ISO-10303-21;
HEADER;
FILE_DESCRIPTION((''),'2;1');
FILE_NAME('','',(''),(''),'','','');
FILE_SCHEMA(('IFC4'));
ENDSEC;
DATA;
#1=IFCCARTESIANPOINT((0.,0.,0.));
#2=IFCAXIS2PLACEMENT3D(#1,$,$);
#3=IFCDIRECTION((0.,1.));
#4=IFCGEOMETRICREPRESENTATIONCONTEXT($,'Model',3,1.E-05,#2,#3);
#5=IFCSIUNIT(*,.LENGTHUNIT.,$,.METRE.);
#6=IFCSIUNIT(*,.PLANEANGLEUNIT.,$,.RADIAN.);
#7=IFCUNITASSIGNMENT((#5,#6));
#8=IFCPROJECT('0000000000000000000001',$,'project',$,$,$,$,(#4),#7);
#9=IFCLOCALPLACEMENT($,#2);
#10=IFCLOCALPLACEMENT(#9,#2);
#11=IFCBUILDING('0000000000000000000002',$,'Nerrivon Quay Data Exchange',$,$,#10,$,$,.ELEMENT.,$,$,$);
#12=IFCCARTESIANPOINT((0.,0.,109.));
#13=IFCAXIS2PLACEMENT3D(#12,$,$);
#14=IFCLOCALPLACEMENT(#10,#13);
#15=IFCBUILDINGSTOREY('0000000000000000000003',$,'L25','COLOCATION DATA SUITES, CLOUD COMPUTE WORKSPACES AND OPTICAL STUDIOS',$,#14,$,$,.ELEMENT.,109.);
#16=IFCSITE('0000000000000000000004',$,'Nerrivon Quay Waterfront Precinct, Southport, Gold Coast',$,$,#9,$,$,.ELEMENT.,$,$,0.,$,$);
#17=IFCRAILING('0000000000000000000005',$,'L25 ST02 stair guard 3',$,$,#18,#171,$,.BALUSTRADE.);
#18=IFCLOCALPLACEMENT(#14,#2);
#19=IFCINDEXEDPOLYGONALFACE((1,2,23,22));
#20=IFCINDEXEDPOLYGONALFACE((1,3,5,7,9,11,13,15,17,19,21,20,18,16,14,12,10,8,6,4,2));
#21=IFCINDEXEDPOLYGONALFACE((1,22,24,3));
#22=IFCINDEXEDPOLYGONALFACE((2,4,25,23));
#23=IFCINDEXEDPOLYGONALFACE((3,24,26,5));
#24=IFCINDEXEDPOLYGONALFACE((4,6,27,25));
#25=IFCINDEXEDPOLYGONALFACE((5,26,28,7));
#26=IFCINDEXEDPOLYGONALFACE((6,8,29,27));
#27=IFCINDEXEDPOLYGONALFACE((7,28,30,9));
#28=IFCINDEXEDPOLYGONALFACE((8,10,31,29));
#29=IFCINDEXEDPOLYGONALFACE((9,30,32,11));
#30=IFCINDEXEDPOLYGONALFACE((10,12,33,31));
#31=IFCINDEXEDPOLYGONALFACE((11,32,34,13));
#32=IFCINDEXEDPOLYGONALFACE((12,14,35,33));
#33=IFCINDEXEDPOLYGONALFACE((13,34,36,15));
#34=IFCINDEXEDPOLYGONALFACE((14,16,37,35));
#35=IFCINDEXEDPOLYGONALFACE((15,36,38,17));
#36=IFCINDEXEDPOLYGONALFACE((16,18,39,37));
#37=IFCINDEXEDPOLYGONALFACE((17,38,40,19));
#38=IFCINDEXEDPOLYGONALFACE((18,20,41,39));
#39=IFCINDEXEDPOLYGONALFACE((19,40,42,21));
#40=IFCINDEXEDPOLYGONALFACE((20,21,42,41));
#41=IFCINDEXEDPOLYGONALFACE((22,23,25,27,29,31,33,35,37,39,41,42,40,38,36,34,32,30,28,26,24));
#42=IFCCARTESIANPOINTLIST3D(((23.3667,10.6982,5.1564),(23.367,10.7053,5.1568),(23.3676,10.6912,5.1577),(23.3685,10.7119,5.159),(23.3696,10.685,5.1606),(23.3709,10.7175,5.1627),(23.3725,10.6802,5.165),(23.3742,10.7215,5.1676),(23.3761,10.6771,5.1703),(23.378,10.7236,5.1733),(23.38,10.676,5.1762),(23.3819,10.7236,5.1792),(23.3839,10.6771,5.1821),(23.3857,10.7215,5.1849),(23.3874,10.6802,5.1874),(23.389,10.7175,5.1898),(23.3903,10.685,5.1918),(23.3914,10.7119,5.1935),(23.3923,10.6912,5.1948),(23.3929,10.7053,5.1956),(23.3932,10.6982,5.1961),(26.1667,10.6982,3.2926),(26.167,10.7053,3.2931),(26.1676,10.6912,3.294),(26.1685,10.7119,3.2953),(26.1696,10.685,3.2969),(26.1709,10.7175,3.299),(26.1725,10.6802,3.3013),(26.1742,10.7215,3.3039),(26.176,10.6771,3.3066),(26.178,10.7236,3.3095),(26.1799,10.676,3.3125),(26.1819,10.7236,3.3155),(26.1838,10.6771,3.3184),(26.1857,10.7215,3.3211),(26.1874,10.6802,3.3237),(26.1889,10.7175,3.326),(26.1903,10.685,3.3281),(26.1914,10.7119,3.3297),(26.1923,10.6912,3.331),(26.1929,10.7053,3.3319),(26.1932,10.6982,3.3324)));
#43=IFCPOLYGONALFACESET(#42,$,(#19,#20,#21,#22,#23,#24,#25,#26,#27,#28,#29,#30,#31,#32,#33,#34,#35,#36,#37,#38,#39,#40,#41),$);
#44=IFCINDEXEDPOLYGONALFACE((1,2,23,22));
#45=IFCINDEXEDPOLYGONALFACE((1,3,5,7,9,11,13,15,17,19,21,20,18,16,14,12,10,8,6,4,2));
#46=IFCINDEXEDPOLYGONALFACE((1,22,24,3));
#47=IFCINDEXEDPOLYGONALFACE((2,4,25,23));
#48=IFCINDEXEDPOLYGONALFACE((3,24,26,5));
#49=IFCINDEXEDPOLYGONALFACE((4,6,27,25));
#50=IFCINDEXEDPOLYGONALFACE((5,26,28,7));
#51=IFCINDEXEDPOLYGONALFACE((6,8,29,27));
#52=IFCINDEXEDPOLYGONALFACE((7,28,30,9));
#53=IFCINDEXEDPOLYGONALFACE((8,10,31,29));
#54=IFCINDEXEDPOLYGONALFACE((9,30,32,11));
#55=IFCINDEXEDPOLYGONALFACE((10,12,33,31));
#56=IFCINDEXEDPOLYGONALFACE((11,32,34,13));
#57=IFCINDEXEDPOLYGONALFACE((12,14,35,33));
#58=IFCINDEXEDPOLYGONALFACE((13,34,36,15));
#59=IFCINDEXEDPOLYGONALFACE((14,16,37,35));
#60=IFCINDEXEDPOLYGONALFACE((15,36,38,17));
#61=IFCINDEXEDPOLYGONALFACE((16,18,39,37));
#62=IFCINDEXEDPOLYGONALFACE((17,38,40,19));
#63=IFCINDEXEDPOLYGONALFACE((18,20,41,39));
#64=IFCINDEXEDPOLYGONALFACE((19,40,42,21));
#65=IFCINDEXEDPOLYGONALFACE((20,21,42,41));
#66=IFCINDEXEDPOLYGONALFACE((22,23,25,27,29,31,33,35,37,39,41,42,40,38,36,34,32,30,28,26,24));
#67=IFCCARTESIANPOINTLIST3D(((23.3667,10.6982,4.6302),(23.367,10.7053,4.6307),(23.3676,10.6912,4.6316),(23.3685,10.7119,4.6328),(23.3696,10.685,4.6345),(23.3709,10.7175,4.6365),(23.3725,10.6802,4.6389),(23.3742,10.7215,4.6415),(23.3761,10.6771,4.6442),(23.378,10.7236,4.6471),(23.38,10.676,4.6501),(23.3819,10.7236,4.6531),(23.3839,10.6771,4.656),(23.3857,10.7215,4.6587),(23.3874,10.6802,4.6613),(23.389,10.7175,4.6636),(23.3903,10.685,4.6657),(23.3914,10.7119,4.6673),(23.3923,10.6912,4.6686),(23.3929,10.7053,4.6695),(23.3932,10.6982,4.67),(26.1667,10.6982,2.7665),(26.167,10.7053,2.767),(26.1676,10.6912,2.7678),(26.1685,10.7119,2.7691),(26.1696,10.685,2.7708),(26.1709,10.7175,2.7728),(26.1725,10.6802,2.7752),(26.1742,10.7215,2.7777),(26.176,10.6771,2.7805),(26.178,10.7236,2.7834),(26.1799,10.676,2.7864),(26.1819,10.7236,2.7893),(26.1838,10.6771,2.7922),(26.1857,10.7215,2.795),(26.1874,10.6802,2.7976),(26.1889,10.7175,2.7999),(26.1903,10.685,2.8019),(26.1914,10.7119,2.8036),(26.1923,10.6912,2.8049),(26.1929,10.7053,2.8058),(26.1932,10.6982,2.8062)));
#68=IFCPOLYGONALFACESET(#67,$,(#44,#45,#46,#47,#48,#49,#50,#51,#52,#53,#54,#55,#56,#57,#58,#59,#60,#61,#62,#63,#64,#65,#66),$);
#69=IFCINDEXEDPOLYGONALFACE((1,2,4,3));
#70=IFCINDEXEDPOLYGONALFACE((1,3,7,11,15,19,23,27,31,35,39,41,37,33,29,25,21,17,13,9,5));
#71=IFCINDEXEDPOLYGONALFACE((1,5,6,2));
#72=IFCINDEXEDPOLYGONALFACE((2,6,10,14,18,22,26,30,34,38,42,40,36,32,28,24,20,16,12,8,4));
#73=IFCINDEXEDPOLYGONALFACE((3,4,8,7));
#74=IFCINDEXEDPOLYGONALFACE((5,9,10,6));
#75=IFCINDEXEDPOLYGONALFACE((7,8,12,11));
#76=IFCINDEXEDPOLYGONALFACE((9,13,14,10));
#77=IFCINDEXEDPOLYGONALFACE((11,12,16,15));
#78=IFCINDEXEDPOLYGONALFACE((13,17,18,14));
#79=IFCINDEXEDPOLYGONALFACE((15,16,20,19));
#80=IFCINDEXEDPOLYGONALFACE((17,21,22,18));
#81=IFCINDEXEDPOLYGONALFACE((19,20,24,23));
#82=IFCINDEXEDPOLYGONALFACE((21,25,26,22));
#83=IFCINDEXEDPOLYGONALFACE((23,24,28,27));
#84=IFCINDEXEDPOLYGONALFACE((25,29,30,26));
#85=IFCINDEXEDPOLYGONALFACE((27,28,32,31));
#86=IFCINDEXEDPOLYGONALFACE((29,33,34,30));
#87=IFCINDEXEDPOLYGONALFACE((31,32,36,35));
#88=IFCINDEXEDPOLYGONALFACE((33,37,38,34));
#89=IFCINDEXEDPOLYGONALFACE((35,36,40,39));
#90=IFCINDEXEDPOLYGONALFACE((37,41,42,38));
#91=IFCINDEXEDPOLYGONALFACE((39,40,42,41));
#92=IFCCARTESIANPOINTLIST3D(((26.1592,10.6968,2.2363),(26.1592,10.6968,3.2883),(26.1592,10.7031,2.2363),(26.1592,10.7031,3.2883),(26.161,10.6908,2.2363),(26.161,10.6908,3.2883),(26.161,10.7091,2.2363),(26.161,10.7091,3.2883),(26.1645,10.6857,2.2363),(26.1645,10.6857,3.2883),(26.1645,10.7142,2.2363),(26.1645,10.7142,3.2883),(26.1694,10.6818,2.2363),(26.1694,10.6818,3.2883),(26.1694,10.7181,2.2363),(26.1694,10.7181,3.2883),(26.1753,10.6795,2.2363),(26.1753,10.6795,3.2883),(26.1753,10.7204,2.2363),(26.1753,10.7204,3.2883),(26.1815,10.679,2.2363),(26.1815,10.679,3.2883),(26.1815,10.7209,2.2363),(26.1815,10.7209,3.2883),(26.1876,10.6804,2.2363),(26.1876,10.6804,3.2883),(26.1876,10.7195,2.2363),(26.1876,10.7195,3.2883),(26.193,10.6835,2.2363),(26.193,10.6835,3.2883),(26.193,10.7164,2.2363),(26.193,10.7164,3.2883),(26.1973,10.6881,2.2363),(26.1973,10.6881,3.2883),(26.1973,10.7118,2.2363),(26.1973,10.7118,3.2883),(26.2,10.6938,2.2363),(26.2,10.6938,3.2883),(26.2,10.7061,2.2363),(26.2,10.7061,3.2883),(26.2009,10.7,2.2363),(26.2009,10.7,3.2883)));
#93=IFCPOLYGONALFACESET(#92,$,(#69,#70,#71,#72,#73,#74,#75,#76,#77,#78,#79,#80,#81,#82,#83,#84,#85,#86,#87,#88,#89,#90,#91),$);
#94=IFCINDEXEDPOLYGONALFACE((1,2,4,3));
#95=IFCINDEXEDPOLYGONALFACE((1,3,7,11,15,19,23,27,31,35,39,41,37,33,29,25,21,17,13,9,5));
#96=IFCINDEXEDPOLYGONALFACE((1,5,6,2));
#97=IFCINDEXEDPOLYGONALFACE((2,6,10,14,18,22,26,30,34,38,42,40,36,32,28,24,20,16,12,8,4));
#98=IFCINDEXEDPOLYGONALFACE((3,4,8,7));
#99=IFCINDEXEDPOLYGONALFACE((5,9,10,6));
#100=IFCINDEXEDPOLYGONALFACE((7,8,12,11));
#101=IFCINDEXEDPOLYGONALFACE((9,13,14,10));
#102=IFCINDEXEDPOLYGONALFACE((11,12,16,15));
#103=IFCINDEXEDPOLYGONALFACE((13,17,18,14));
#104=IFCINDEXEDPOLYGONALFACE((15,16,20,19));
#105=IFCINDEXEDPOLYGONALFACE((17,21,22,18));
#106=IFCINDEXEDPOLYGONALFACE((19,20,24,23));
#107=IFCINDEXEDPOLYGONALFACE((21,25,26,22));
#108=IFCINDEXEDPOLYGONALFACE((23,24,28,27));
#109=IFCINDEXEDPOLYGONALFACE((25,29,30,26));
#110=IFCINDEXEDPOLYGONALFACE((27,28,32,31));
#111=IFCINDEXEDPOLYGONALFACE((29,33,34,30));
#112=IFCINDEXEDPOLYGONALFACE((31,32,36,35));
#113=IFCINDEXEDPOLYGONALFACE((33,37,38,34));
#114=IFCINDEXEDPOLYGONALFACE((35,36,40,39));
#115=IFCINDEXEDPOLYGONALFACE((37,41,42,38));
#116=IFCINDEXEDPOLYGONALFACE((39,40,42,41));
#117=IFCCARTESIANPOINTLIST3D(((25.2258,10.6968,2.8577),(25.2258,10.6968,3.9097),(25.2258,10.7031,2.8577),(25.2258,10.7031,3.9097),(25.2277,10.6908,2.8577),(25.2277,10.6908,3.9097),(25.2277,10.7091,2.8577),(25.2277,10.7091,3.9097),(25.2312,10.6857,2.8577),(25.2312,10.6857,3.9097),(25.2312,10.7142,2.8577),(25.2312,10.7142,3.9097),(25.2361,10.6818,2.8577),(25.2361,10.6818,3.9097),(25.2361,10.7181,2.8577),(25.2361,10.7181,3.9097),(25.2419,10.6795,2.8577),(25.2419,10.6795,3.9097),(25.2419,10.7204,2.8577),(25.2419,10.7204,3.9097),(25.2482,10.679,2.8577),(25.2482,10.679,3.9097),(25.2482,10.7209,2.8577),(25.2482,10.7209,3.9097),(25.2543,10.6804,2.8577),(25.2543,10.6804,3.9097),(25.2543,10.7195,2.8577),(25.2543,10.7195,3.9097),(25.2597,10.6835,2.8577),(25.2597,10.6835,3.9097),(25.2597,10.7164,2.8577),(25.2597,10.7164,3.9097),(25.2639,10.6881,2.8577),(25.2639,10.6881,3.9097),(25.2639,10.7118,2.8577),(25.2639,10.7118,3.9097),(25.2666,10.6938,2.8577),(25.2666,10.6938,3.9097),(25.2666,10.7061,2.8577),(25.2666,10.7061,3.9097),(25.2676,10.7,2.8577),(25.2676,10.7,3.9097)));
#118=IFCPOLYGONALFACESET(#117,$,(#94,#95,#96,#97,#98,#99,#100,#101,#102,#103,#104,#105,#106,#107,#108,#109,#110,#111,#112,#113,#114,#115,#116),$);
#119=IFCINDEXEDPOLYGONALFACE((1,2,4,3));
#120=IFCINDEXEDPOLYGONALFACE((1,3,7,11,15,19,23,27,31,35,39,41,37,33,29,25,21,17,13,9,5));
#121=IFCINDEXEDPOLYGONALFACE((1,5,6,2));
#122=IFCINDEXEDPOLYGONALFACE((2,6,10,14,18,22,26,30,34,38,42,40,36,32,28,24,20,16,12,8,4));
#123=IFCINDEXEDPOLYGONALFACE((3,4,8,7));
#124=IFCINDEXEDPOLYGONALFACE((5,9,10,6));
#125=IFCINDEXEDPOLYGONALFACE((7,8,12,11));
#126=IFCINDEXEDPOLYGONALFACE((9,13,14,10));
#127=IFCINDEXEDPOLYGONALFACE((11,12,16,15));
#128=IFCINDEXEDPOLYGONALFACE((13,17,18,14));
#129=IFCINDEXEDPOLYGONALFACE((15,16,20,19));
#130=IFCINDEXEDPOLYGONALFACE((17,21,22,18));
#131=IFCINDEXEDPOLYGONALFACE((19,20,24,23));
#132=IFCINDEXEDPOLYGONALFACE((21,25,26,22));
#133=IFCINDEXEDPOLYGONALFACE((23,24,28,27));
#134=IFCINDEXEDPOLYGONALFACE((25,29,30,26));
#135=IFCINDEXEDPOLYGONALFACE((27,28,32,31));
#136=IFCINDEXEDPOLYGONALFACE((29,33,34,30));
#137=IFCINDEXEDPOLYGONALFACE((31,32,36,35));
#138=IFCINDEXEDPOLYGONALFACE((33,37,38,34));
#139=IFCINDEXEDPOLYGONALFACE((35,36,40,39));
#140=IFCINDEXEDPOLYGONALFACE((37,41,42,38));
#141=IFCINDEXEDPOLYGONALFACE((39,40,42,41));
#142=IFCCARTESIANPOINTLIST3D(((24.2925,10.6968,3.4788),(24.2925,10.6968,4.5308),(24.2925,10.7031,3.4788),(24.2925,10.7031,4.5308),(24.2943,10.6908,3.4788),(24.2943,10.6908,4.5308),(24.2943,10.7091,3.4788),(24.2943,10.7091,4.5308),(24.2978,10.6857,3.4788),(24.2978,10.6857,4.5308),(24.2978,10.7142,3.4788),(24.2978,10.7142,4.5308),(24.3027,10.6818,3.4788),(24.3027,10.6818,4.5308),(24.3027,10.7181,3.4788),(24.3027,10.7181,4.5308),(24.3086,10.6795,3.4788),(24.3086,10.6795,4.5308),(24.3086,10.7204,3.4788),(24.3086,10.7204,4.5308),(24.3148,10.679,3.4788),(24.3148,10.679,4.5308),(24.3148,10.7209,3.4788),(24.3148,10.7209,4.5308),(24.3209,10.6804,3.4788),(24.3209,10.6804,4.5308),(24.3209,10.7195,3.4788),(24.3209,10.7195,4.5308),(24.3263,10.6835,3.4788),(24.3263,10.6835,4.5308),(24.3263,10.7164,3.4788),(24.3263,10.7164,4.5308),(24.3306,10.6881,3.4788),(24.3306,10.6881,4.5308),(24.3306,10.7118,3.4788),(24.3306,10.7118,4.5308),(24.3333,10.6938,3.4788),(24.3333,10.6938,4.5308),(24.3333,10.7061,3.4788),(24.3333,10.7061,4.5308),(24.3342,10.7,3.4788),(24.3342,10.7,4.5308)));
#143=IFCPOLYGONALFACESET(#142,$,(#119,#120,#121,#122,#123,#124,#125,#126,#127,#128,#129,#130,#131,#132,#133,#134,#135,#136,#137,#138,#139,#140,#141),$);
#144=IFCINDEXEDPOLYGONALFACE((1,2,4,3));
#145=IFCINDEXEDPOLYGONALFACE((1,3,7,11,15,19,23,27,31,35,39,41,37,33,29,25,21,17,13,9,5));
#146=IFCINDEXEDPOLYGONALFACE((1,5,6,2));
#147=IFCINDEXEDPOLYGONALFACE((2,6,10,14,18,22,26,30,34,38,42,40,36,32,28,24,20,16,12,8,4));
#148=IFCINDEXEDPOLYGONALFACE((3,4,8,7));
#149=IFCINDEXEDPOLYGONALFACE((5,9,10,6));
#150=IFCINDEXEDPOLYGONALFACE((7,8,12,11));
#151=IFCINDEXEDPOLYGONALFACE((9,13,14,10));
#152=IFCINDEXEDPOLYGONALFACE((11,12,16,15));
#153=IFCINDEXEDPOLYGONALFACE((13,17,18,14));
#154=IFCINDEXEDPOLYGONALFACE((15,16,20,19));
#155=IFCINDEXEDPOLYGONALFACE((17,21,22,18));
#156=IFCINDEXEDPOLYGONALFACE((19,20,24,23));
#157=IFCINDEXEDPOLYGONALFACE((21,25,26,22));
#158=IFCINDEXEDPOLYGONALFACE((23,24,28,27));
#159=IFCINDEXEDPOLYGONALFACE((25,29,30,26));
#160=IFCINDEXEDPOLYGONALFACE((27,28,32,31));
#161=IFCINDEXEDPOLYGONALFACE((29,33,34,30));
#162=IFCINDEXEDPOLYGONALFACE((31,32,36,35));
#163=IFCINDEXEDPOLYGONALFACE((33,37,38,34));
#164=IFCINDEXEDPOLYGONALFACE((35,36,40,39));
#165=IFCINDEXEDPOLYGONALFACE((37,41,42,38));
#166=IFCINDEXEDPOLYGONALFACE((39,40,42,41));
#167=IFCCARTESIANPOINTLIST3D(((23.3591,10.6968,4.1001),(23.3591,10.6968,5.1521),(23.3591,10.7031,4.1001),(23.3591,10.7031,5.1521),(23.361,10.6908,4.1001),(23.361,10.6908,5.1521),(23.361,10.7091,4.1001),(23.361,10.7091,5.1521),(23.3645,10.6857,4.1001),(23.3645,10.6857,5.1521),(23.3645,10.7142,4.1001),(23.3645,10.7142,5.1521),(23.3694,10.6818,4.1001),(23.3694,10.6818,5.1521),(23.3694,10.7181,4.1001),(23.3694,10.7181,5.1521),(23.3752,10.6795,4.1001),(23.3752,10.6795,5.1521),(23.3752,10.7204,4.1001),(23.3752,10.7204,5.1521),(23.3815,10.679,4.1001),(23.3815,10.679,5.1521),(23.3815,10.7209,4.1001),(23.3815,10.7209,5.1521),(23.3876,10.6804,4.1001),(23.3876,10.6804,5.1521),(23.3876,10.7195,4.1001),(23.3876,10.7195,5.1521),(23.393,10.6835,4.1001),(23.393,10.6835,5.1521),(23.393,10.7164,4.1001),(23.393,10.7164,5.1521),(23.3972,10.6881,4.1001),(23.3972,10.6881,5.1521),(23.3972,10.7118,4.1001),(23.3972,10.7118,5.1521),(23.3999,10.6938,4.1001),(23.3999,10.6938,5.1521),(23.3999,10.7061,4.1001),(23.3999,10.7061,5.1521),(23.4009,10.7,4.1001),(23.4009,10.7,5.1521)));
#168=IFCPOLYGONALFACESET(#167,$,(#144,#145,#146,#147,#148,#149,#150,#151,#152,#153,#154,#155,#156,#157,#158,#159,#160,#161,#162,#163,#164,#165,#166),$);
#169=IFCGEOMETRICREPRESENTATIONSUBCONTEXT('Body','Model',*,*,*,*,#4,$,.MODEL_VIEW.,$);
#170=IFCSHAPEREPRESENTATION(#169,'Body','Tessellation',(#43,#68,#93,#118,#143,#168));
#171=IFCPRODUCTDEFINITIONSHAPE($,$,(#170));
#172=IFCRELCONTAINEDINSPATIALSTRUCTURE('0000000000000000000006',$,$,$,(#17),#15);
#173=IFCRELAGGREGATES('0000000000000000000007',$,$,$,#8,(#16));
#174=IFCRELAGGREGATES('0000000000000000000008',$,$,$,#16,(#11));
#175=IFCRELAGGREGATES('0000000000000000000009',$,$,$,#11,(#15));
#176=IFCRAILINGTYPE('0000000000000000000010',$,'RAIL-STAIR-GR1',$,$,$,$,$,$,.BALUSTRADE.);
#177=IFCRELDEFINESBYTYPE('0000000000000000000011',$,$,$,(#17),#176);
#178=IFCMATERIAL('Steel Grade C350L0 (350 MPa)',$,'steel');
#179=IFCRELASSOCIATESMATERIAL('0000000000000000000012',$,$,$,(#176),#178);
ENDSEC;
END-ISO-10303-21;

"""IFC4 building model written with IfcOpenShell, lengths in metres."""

from ifc_helpers import new_model, si_unit, direction, frame, origin, origin_2d, place, context, subcontext, project, spatial, circle, extrude, material, type_object, element, save


model = new_model("IFC4")

# Units and contexts
model_context = context("Model", 3, precision=1e-05, world=origin(), true_north=direction((0.0, 1.0)))
body_context = subcontext(model_context, "Body", "Model", "MODEL_VIEW")
ifc_project = project(units=[si_unit("LENGTHUNIT", "METRE"), si_unit("PLANEANGLEUNIT", "RADIAN")], contexts=[model_context])

# Site, building, storey
site_placement = place(None, origin())
site = spatial("IfcSite", under=ifc_project, at=site_placement, Name="Nerrivon Quay Waterfront Precinct, Southport, Gold Coast", CompositionType="ELEMENT", RefElevation=0.0)
building_placement = place(site_placement, origin())
building = spatial("IfcBuilding", under=site, at=building_placement, Name="Nerrivon Quay Data Exchange", CompositionType="ELEMENT")
storey_placement = place(building_placement, frame((0.0, 0.0, 109.0)))
storey = spatial("IfcBuildingStorey", under=building, at=storey_placement, Name="L25", Description="COLOCATION DATA SUITES, CLOUD COMPUTE WORKSPACES AND OPTICAL STUDIOS", CompositionType="ELEMENT", Elevation=109.0)

# Railing
ifc_material_1 = material(Name="Steel Grade C350L0 (350 MPa)", Category="steel")
railing_type_1 = type_object("IfcRailingType", Name="RAIL-STAIR-GR1", PredefinedType="BALUSTRADE", material=ifc_material_1)
railing_1_placement = place(storey_placement, frame((26.1799, 10.7, 2.2363)))
element("IfcRailing", 1, at=railing_1_placement, inside=storey, type_object=railing_type_1, Name="L25 ST02 stair guard 3", PredefinedType="BALUSTRADE", context=body_context, shape_type="SweptSolid", body=[
    extrude(circle(Radius=0.0239, at=origin_2d()), frame((0.0, 0.0, 1.0762), z_axis=(-0.832452, 0.0, 0.554097), x_axis=(0.0, -1.0, 0.0)), (0.0, 0.0, 1.0), 3.3635),
    extrude(circle(Radius=0.0239, at=origin_2d()), frame((0.0, 0.0, 0.55), z_axis=(-0.832452, 0.0, 0.554097), x_axis=(0.0, -1.0, 0.0)), (0.0, 0.0, 1.0), 3.3635),
    extrude(circle(Radius=0.021, at=origin_2d()), origin(), (0.0, 0.0, 1.0), 1.052),
    extrude(circle(Radius=0.021, at=origin_2d()), frame((-0.9333, 0.0, 0.6213)), (0.0, 0.0, 1.0), 1.052),
    extrude(circle(Radius=0.021, at=origin_2d()), frame((-1.8667, 0.0, 1.2424)), (0.0, 0.0, 1.0), 1.052),
    extrude(circle(Radius=0.021, at=origin_2d()), frame((-2.8, 0.0, 1.8638)), (0.0, 0.0, 1.0), 1.052),
])

save(model, "model.ifc")
